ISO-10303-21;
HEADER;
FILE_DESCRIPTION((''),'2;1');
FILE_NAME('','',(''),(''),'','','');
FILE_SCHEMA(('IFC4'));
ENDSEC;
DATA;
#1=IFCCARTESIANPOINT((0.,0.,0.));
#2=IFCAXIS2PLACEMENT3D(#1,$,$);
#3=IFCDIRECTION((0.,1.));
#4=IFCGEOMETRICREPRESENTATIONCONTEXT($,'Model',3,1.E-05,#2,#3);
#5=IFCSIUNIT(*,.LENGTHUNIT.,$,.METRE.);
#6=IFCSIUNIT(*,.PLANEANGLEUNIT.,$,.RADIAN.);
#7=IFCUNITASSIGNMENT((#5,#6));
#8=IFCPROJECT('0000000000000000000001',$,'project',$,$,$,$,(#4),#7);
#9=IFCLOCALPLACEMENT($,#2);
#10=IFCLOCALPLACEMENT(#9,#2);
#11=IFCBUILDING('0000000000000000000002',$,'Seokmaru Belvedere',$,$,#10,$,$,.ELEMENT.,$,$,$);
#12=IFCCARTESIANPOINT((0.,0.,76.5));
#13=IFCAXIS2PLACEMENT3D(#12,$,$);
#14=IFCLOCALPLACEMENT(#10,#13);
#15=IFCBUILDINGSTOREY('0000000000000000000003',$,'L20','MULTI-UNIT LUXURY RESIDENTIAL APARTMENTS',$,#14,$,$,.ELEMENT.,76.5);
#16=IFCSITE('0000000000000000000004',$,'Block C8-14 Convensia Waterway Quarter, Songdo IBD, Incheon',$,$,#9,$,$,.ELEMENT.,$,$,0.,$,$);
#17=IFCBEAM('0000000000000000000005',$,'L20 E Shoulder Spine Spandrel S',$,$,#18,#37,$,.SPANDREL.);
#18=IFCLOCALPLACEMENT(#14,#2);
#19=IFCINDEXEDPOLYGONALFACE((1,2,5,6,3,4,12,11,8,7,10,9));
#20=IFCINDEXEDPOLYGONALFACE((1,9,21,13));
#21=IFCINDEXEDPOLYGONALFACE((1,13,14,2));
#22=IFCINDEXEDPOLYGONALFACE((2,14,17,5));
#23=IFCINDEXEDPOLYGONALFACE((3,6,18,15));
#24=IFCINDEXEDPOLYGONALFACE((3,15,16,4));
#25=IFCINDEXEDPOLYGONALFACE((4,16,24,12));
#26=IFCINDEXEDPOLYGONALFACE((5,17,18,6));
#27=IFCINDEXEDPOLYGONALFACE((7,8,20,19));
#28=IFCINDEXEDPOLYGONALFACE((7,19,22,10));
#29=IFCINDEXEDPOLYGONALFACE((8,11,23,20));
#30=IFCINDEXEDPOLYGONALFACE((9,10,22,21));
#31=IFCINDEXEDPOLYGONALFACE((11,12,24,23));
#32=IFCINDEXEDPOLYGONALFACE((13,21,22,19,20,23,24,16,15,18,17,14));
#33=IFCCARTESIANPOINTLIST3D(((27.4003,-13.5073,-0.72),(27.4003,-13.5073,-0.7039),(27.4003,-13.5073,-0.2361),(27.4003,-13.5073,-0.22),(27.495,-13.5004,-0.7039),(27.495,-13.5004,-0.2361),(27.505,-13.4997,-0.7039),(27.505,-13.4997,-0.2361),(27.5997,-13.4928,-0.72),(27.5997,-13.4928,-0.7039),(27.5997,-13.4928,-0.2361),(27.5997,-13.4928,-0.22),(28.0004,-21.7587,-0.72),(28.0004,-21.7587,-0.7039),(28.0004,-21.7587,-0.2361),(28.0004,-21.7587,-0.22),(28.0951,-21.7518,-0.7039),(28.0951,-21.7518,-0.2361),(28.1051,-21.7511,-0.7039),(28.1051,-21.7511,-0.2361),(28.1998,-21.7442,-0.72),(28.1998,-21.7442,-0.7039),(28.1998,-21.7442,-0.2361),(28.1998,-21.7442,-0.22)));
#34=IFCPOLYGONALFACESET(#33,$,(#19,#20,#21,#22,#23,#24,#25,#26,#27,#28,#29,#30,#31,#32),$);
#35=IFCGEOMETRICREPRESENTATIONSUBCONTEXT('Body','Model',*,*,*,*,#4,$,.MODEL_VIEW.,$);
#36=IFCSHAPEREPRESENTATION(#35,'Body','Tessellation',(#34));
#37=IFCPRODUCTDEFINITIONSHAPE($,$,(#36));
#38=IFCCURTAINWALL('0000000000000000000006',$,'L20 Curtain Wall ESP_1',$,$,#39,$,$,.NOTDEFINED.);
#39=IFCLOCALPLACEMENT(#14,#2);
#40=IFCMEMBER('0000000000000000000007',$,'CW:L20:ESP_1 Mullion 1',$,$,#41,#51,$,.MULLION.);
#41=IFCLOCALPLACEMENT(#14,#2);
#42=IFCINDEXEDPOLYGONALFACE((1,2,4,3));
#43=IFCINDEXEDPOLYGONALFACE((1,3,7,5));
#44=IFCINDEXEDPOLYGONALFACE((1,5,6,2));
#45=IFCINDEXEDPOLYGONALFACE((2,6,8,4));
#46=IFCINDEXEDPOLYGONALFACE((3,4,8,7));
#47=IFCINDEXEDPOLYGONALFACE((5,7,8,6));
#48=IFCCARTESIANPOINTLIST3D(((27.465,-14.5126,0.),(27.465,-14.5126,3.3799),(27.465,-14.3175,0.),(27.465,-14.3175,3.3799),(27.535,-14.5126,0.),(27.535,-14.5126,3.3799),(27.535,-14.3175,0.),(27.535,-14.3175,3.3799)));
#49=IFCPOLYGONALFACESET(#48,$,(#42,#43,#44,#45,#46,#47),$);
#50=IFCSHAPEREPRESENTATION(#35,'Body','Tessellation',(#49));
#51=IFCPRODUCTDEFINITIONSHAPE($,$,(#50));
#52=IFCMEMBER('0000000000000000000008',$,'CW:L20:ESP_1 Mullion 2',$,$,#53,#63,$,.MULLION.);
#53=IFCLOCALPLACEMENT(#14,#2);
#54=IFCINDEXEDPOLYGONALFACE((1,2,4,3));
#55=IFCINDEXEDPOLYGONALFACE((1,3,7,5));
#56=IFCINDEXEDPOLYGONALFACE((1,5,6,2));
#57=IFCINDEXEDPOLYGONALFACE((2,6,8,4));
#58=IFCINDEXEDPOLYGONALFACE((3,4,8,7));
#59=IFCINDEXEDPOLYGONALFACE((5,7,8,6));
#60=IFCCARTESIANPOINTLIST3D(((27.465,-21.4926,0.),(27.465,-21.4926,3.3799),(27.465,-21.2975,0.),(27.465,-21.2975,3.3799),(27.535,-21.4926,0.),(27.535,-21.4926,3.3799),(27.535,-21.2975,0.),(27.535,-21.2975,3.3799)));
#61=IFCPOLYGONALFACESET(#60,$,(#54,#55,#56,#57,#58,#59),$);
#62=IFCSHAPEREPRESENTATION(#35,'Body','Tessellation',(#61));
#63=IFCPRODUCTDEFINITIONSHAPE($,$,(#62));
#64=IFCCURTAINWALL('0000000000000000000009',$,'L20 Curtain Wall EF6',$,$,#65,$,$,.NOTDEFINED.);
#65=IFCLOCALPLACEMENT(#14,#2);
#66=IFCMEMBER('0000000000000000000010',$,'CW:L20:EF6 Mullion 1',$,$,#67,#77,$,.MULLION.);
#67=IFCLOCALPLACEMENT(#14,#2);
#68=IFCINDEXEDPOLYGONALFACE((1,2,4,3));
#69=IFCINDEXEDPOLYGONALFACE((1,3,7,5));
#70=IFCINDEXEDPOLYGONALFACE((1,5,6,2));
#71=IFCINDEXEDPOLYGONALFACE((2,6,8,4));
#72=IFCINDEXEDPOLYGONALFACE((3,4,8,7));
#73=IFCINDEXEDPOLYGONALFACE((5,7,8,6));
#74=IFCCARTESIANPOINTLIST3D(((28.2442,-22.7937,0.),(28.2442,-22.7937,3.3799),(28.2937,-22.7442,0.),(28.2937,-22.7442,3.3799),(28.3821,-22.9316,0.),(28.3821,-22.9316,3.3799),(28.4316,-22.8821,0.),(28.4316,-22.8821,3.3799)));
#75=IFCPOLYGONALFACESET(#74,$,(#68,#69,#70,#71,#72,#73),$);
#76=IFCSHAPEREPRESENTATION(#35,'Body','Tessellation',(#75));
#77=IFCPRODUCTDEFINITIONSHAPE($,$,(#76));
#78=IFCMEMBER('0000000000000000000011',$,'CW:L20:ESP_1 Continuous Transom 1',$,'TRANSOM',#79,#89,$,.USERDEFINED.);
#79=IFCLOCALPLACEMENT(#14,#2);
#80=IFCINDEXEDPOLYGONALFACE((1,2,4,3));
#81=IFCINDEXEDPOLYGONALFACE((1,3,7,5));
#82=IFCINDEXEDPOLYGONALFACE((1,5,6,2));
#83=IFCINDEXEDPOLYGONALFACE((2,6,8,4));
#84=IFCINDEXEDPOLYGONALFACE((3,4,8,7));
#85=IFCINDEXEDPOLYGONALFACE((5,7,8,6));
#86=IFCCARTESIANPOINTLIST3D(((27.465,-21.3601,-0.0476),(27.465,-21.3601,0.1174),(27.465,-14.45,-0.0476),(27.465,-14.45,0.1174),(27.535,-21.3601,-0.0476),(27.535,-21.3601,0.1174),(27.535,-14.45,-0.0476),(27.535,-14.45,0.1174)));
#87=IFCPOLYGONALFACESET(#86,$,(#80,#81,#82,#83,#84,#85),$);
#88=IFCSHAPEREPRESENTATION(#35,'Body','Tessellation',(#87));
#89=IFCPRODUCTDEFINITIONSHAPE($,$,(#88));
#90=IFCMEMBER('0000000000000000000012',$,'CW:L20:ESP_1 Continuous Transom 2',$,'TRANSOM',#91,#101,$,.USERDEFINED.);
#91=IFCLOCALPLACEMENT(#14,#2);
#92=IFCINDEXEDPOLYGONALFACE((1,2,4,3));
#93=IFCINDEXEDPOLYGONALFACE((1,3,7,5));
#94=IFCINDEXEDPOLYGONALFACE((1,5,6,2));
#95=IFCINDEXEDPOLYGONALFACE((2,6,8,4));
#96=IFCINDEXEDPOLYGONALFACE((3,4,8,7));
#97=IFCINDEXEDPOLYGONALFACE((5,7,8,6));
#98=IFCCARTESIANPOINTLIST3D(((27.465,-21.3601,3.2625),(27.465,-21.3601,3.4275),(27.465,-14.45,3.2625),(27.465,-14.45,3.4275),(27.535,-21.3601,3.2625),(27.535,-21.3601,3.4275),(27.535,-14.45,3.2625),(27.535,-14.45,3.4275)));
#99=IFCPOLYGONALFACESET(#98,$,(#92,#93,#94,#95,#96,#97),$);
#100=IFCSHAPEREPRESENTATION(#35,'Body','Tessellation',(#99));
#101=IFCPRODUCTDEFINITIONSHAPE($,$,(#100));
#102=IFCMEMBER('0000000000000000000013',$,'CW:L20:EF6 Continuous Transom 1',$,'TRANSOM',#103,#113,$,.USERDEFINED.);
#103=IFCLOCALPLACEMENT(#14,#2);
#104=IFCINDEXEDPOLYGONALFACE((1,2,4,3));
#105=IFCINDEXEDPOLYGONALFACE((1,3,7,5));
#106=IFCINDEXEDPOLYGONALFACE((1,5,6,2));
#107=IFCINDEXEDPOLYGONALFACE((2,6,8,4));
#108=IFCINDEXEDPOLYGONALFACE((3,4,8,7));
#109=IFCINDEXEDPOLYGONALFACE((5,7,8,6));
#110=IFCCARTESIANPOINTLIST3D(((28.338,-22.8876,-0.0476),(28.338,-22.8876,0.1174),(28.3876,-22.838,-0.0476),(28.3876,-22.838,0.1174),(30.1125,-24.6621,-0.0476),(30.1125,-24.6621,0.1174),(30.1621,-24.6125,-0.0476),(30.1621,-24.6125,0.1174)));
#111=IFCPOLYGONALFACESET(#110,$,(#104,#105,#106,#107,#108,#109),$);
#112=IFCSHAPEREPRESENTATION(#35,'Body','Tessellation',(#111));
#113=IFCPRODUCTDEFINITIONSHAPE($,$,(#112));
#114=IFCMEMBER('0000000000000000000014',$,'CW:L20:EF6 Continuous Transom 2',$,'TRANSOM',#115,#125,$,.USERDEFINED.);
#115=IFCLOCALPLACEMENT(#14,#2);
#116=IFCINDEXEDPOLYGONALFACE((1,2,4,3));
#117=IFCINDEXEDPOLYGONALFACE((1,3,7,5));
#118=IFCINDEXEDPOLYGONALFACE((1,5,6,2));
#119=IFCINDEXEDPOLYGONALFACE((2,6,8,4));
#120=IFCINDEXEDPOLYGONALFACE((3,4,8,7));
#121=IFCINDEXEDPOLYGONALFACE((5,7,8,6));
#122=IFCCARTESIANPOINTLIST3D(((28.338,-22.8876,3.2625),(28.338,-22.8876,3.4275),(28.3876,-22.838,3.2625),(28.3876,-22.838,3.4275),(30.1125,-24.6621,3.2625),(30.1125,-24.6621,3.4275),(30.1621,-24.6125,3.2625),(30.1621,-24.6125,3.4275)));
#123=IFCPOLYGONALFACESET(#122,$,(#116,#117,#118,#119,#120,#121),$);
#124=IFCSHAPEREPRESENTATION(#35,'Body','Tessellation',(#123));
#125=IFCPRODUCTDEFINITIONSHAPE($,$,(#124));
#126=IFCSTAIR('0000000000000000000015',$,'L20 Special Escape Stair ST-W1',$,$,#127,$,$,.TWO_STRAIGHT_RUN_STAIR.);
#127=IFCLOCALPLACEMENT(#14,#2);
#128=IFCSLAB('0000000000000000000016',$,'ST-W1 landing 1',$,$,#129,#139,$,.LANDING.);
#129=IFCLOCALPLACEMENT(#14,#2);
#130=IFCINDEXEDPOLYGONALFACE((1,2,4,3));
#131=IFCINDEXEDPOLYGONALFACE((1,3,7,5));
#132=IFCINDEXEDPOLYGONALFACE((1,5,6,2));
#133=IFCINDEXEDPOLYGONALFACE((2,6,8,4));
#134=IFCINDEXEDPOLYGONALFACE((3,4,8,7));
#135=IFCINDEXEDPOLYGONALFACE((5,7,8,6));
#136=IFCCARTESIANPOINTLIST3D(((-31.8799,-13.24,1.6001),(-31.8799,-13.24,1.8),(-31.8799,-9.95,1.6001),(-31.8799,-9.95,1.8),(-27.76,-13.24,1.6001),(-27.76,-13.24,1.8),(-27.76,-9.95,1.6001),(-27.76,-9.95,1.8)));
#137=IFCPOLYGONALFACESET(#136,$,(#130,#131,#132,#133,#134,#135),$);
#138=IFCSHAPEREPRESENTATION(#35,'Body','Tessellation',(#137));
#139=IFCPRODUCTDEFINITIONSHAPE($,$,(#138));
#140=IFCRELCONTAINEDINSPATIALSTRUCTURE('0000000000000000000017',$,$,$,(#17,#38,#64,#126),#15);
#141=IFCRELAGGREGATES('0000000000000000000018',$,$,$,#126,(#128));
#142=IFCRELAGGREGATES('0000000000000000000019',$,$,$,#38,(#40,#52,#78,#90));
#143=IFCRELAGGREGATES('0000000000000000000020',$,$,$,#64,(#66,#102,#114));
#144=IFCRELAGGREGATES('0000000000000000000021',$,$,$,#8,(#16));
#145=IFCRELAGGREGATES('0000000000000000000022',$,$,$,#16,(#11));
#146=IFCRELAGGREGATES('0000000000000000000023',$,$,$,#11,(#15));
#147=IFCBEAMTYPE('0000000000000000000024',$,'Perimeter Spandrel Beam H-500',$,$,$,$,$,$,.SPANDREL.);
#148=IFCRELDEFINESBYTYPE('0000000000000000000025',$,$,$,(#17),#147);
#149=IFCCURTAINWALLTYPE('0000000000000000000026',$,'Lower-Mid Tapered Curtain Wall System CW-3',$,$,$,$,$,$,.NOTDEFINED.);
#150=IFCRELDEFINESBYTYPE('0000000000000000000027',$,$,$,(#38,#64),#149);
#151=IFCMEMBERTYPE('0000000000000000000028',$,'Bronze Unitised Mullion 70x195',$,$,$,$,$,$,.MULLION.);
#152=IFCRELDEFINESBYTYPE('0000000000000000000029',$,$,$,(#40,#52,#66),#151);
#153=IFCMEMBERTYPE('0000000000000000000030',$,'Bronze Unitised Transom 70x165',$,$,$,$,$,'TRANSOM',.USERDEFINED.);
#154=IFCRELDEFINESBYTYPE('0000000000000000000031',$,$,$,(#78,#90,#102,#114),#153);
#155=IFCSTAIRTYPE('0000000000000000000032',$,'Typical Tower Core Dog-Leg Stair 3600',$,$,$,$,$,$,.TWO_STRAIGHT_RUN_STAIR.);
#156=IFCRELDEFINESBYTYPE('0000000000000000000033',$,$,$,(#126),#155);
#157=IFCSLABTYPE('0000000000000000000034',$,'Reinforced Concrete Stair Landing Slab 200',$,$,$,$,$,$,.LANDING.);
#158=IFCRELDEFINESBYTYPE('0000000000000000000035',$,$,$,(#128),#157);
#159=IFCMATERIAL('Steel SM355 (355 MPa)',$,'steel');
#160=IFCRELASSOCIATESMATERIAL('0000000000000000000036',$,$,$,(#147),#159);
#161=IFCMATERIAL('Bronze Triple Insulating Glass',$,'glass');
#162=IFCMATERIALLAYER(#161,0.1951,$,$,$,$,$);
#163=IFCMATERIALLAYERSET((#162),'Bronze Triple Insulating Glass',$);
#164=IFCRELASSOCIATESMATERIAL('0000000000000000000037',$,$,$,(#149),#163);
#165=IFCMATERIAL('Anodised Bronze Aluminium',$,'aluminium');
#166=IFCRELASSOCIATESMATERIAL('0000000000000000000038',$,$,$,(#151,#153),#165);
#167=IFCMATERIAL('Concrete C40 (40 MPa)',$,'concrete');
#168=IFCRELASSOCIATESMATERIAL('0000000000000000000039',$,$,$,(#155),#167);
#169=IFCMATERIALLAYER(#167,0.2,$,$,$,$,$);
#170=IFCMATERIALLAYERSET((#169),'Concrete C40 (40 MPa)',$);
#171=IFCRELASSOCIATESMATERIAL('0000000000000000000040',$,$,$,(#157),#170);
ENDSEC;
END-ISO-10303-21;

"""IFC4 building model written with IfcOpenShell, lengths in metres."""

from ifc_helpers import new_model, si_unit, direction, frame, origin, origin_2d, place, context, subcontext, project, spatial, polyline, rectangle, i_section, outline, extrude, source, transform, mapped, material, layer, layer_set, material_profile, profile_set, type_object, type_shapes, element, aggregate, save


model = new_model("IFC4")

# Units and contexts
model_context = context("Model", 3, precision=1e-05, world=origin(), true_north=direction((0.0, 1.0)))
body_context = subcontext(model_context, "Body", "Model", "MODEL_VIEW")
ifc_project = project(units=[si_unit("LENGTHUNIT", "METRE"), si_unit("PLANEANGLEUNIT", "RADIAN")], contexts=[model_context])

# Site, building, storey
site_placement = place(None, origin())
site = spatial("IfcSite", under=ifc_project, at=site_placement, Name="Block C8-14 Convensia Waterway Quarter, Songdo IBD, Incheon", CompositionType="ELEMENT", RefElevation=0.0)
building_placement = place(site_placement, origin())
building = spatial("IfcBuilding", under=site, at=building_placement, Name="Seokmaru Belvedere", CompositionType="ELEMENT")
storey_placement = place(building_placement, frame((0.0, 0.0, 76.5)))
storey = spatial("IfcBuildingStorey", under=building, at=storey_placement, Name="L20", Description="MULTI-UNIT LUXURY RESIDENTIAL APARTMENTS", CompositionType="ELEMENT", Elevation=76.5)

# Shared definitions
ifc_material_1 = material(Name="Steel SM355 (355 MPa)", Category="steel")

# Beam
ifc_material_profile_1 = material_profile(ifc_material_1, i_section(OverallWidth=0.2, OverallDepth=0.5, WebThickness=0.01, FlangeThickness=0.0161, at=origin_2d()), Name="H-500x200x10x16")
ifc_profile_set_1 = profile_set([ifc_material_profile_1], Name="Steel SM355 (355 MPa)")
beam_type_1 = type_object("IfcBeamType", Name="Perimeter Spandrel Beam H-500", PredefinedType="SPANDREL", material=ifc_profile_set_1)
shared_shape_1 = source(origin(), body_context, "Body", "SweptSolid", [
    extrude(i_section(OverallWidth=0.2, OverallDepth=0.5, WebThickness=0.01, FlangeThickness=0.0161, at=origin_2d()), origin(), (0.0, 0.0, 1.0), 8.2732),
])
beam_1_placement = place(storey_placement, frame((28.1001, -21.7515, -0.47), z_axis=(-0.072535, 0.997366, 0.0), x_axis=(-0.997366, -0.072535, 0.0)))
element("IfcBeam", 1, at=beam_1_placement, inside=storey, type_object=beam_type_1, Name="L20 E Shoulder Spine Spandrel S", PredefinedType="SPANDREL", context=body_context, shape_type="MappedRepresentation", body=[
    mapped(shared_shape_1, transform((0.0, 0.0, 0.0), scale=1.0)),
])

# Curtain wall, members
ifc_material_2 = material(Name="Bronze Triple Insulating Glass", Category="glass")
ifc_layer_1 = layer(ifc_material_2, 0.1951)
ifc_layer_set_1 = layer_set([ifc_layer_1], Name="Bronze Triple Insulating Glass")
curtain_wall_type = type_object("IfcCurtainWallType", Name="Lower-Mid Tapered Curtain Wall System CW-3", PredefinedType="NOTDEFINED", material=ifc_layer_set_1)
curtain_wall_1_placement = place(storey_placement, origin())
curtain_wall_1 = element("IfcCurtainWall", 2, at=curtain_wall_1_placement, inside=storey, type_object=curtain_wall_type, Name="L20 Curtain Wall ESP_1", PredefinedType="NOTDEFINED")
ifc_material_3 = material(Name="Anodised Bronze Aluminium", Category="aluminium")
ifc_material_profile_2 = material_profile(ifc_material_3, rectangle(XDim=0.0701, YDim=0.1951, at=origin_2d()), Name="CW-M-70x195")
ifc_profile_set_2 = profile_set([ifc_material_profile_2], Name="Anodised Bronze Aluminium")
member_type_1 = type_object("IfcMemberType", Name="Bronze Unitised Mullion 70x195", PredefinedType="MULLION", material=ifc_profile_set_2)
shared_shape_2 = source(origin(), body_context, "Body", "SweptSolid", [
    extrude(rectangle(XDim=0.0701, YDim=0.1951, at=origin_2d()), origin(), (0.0, 0.0, 1.0), 3.3799),
])
type_shapes(member_type_1, [shared_shape_2])
member_1_placement = place(storey_placement, frame((27.5, -14.415, 0.0), z_axis=(0.0, 0.0, 1.0), x_axis=(1.0, 0.0, 0.0)))
member_1 = element("IfcMember", 3, at=member_1_placement, type_object=member_type_1, Name="CW:L20:ESP_1 Mullion 1", PredefinedType="MULLION", context=body_context, shape_type="MappedRepresentation", body=[
    mapped(shared_shape_2, transform((0.0, 0.0, 0.0), scale=1.0)),
])
member_2_placement = place(storey_placement, frame((27.5, -21.395, 0.0), z_axis=(0.0, 0.0, 1.0), x_axis=(1.0, 0.0, 0.0)))
member_2 = element("IfcMember", 4, at=member_2_placement, type_object=member_type_1, Name="CW:L20:ESP_1 Mullion 2", PredefinedType="MULLION", context=body_context, shape_type="MappedRepresentation", body=[
    mapped(shared_shape_2, transform((0.0, 0.0, 0.0), scale=1.0)),
])

# Curtain wall, member
curtain_wall_2_placement = place(storey_placement, origin())
curtain_wall_2 = element("IfcCurtainWall", 5, at=curtain_wall_2_placement, inside=storey, type_object=curtain_wall_type, Name="L20 Curtain Wall EF6", PredefinedType="NOTDEFINED")
member_3_placement = place(storey_placement, frame((28.3379, -22.8379, 0.0), z_axis=(0.0, 0.0, 1.0), x_axis=(0.707107, 0.707107, 0.0)))
member_3 = element("IfcMember", 6, at=member_3_placement, type_object=member_type_1, Name="CW:L20:EF6 Mullion 1", PredefinedType="MULLION", context=body_context, shape_type="MappedRepresentation", body=[
    mapped(shared_shape_2, transform((0.0, 0.0, 0.0), scale=1.0)),
])

# Members
ifc_material_profile_3 = material_profile(ifc_material_3, rectangle(XDim=0.0701, YDim=0.165, at=origin_2d()), Name="CW-T-70x165")
ifc_profile_set_3 = profile_set([ifc_material_profile_3], Name="Anodised Bronze Aluminium")
member_type_2 = type_object("IfcMemberType", Name="Bronze Unitised Transom 70x165", ElementType="TRANSOM", PredefinedType="USERDEFINED", material=ifc_profile_set_3)
shared_shape_3 = source(origin(), body_context, "Body", "SweptSolid", [
    extrude(rectangle(XDim=0.0701, YDim=0.165, at=origin_2d()), origin(), (0.0, 0.0, 1.0), 6.9102),
])
member_4_placement = place(storey_placement, frame((27.5, -14.45, 0.0349), z_axis=(0.0, -1.0, 0.0), x_axis=(1.0, 0.0, 0.0)))
member_4 = element("IfcMember", 7, at=member_4_placement, type_object=member_type_2, Name="CW:L20:ESP_1 Continuous Transom 1", ObjectType="TRANSOM", PredefinedType="USERDEFINED", context=body_context, shape_type="MappedRepresentation", body=[
    mapped(shared_shape_3, transform((0.0, 0.0, 0.0), scale=1.0)),
])
member_5_placement = place(storey_placement, frame((27.5, -14.45, 3.345), z_axis=(0.0, -1.0, 0.0), x_axis=(1.0, 0.0, 0.0)))
member_5 = element("IfcMember", 8, at=member_5_placement, type_object=member_type_2, Name="CW:L20:ESP_1 Continuous Transom 2", ObjectType="TRANSOM", PredefinedType="USERDEFINED", context=body_context, shape_type="MappedRepresentation", body=[
    mapped(shared_shape_3, transform((0.0, 0.0, 0.0), scale=1.0)),
])
shared_shape_4 = source(origin(), body_context, "Body", "SweptSolid", [
    extrude(rectangle(XDim=0.0701, YDim=0.165, at=origin_2d()), origin(), (0.0, 0.0, 1.0), 2.5095),
])
type_shapes(member_type_2, [shared_shape_3, shared_shape_4])
member_6_placement = place(storey_placement, frame((28.3628, -22.8628, 0.0349), z_axis=(0.707107, -0.707107, 0.0), x_axis=(0.707107, 0.707107, 0.0)))
member_6 = element("IfcMember", 9, at=member_6_placement, type_object=member_type_2, Name="CW:L20:EF6 Continuous Transom 1", ObjectType="TRANSOM", PredefinedType="USERDEFINED", context=body_context, shape_type="MappedRepresentation", body=[
    mapped(shared_shape_4, transform((0.0, 0.0, 0.0), scale=1.0)),
])
member_7_placement = place(storey_placement, frame((28.3628, -22.8628, 3.345), z_axis=(0.707107, -0.707107, 0.0), x_axis=(0.707107, 0.707107, 0.0)))
member_7 = element("IfcMember", 10, at=member_7_placement, type_object=member_type_2, Name="CW:L20:EF6 Continuous Transom 2", ObjectType="TRANSOM", PredefinedType="USERDEFINED", context=body_context, shape_type="MappedRepresentation", body=[
    mapped(shared_shape_4, transform((0.0, 0.0, 0.0), scale=1.0)),
])

# Stair, slab
ifc_material_4 = material(Name="Concrete C40 (40 MPa)", Category="concrete")
stair_type = type_object("IfcStairType", Name="Typical Tower Core Dog-Leg Stair 3600", PredefinedType="TWO_STRAIGHT_RUN_STAIR", material=ifc_material_4)
stair_placement = place(storey_placement, origin())
stair = element("IfcStair", 11, at=stair_placement, inside=storey, type_object=stair_type, Name="L20 Special Escape Stair ST-W1", PredefinedType="TWO_STRAIGHT_RUN_STAIR")
ifc_layer_2 = layer(ifc_material_4, 0.2)
ifc_layer_set_2 = layer_set([ifc_layer_2], Name="Concrete C40 (40 MPa)")
slab_type_1 = type_object("IfcSlabType", Name="Reinforced Concrete Stair Landing Slab 200", PredefinedType="LANDING", material=ifc_layer_set_2)
slab_1_placement = place(storey_placement, frame((0.0, 0.0, 1.6001)))
slab_1 = element("IfcSlab", 12, at=slab_1_placement, type_object=slab_type_1, Name="ST-W1 landing 1", PredefinedType="LANDING", context=body_context, shape_type="SweptSolid", body=[
    extrude(outline(polyline([(-31.8799, -13.24), (-27.76, -13.24), (-27.76, -9.95), (-31.8799, -9.95), (-31.8799, -13.24)])), origin(), (0.0, 0.0, 1.0), 0.2),
])
aggregate(stair, [slab_1])

aggregate(curtain_wall_1, [member_1, member_2, member_4, member_5])
aggregate(curtain_wall_2, [member_3, member_6, member_7])

save(model, "model.ifc")
